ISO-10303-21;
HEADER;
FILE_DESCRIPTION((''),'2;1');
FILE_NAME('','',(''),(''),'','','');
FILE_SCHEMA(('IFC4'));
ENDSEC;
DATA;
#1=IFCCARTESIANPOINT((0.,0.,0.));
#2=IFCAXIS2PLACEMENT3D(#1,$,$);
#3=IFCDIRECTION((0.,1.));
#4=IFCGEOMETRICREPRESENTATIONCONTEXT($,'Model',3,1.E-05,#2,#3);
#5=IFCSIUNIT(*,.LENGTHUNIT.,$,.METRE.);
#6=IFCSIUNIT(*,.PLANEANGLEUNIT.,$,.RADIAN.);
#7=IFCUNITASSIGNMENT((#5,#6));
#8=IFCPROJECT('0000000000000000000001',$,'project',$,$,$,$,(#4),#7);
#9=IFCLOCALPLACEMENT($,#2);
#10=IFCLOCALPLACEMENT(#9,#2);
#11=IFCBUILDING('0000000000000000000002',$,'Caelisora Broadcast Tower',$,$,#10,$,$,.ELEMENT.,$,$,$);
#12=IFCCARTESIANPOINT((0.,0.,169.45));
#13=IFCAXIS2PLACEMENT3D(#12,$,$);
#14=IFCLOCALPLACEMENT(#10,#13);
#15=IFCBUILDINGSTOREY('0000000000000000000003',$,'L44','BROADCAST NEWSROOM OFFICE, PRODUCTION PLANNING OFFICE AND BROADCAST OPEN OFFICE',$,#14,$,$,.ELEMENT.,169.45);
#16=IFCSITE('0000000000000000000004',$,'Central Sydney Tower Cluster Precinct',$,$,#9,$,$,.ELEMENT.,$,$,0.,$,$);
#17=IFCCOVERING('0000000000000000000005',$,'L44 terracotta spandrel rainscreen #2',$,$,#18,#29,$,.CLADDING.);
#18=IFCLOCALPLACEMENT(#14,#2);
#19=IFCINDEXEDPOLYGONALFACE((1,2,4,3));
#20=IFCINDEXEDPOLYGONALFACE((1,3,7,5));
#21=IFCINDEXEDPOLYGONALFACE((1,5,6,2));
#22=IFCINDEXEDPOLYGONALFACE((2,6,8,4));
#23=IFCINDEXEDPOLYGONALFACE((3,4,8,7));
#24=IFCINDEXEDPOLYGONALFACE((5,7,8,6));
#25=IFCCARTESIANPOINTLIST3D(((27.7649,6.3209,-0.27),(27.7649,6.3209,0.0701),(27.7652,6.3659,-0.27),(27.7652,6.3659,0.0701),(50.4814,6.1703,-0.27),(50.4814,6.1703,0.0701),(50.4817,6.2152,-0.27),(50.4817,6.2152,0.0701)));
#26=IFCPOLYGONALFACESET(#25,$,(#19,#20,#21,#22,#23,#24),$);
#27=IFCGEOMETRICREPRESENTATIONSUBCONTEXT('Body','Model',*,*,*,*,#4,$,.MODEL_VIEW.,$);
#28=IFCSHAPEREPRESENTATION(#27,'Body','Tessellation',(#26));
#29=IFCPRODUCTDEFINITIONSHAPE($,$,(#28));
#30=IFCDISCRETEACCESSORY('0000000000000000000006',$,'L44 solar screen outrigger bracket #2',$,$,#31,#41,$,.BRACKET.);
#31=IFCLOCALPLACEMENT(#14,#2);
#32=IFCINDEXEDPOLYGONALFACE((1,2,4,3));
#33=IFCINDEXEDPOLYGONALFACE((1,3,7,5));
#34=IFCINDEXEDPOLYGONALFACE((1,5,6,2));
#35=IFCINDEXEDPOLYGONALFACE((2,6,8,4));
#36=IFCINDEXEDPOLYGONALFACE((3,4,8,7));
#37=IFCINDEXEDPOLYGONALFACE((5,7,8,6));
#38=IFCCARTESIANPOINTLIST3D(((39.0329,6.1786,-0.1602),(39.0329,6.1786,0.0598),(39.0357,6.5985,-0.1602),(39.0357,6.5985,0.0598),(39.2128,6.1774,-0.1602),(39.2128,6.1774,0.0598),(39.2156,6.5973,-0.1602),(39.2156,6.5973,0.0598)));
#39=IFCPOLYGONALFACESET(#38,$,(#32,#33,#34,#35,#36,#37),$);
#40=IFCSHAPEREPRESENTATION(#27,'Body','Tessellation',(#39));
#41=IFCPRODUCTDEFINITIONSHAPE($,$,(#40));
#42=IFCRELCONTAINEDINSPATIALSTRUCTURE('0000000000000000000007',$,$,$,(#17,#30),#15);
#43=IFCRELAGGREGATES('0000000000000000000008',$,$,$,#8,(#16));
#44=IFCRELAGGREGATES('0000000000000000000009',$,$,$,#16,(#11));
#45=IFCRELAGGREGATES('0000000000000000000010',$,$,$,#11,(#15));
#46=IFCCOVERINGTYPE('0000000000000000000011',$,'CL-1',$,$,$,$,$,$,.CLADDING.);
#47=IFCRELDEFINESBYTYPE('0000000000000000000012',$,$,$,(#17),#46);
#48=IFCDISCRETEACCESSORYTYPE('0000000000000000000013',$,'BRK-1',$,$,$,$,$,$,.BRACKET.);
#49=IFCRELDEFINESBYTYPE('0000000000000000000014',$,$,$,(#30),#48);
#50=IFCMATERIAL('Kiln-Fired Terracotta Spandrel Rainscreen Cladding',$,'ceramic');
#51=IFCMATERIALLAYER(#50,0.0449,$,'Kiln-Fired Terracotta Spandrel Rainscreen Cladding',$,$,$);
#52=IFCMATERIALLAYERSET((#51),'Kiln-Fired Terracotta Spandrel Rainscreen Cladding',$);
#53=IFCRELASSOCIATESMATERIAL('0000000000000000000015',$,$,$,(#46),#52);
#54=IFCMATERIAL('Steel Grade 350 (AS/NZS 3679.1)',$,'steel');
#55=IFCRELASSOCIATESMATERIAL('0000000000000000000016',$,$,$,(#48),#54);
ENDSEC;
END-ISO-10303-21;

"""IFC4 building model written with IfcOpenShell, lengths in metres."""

from ifc_helpers import new_model, si_unit, direction, frame, origin, origin_2d, place, context, subcontext, project, spatial, rectangle, extrude, source, transform, mapped, material, layer, layer_set, type_object, type_shapes, element, save


model = new_model("IFC4")

# Units and contexts
model_context = context("Model", 3, precision=1e-05, world=origin(), true_north=direction((0.0, 1.0)))
body_context = subcontext(model_context, "Body", "Model", "MODEL_VIEW")
ifc_project = project(units=[si_unit("LENGTHUNIT", "METRE"), si_unit("PLANEANGLEUNIT", "RADIAN")], contexts=[model_context])

# Site, building, storey
site_placement = place(None, origin())
site = spatial("IfcSite", under=ifc_project, at=site_placement, Name="Central Sydney Tower Cluster Precinct", CompositionType="ELEMENT", RefElevation=0.0)
building_placement = place(site_placement, origin())
building = spatial("IfcBuilding", under=site, at=building_placement, Name="Caelisora Broadcast Tower", CompositionType="ELEMENT")
storey_placement = place(building_placement, frame((0.0, 0.0, 169.45)))
storey = spatial("IfcBuildingStorey", under=building, at=storey_placement, Name="L44", Description="BROADCAST NEWSROOM OFFICE, PRODUCTION PLANNING OFFICE AND BROADCAST OPEN OFFICE", CompositionType="ELEMENT", Elevation=169.45)

# Shared definitions
ifc_material_1 = material(Name="Steel Grade 350 (AS/NZS 3679.1)", Category="steel")

# Shared definitions
ifc_material_2 = material(Name="Kiln-Fired Terracotta Spandrel Rainscreen Cladding", Category="ceramic")
ifc_layer_1 = layer(ifc_material_2, 0.0449, Name="Kiln-Fired Terracotta Spandrel Rainscreen Cladding")
ifc_layer_set_1 = layer_set([ifc_layer_1], Name="Kiln-Fired Terracotta Spandrel Rainscreen Cladding")
covering_type = type_object("IfcCoveringType", Name="CL-1", PredefinedType="CLADDING", material=ifc_layer_set_1)

# Covering
shared_shape_1 = source(origin(), body_context, "Body", "SweptSolid", [
    extrude(rectangle(XDim=22.717, YDim=0.0449, at=origin_2d()), origin(), (0.0, 0.0, 1.0), 0.3401),
])
covering_1_placement = place(storey_placement, frame((39.1233, 6.2681, -0.27), z_axis=(0.0, 0.0, 1.0), x_axis=(0.999978, -0.006632, 0.0)))
element("IfcCovering", 1, at=covering_1_placement, inside=storey, type_object=covering_type, Name="L44 terracotta spandrel rainscreen #2", PredefinedType="CLADDING", context=body_context, shape_type="MappedRepresentation", body=[
    mapped(shared_shape_1, transform((0.0, 0.0, 0.0), scale=1.0)),
])

# Discrete accessory
discrete_accessory_type = type_object("IfcDiscreteAccessoryType", Name="BRK-1", PredefinedType="BRACKET", material=ifc_material_1)
shared_shape_2 = source(origin(), body_context, "Body", "SweptSolid", [
    extrude(rectangle(XDim=0.1799, YDim=0.4199, at=origin_2d()), origin(), (0.0, 0.0, 1.0), 0.22),
])
type_shapes(discrete_accessory_type, [shared_shape_2])
discrete_accessory_placement = place(storey_placement, frame((39.1243, 6.3879, -0.1602), z_axis=(0.0, 0.0, 1.0), x_axis=(0.999978, -0.006632, 0.0)))
element("IfcDiscreteAccessory", 2, at=discrete_accessory_placement, inside=storey, type_object=discrete_accessory_type, Name="L44 solar screen outrigger bracket #2", PredefinedType="BRACKET", context=body_context, shape_type="MappedRepresentation", body=[
    mapped(shared_shape_2, transform((0.0, 0.0, 0.0), scale=1.0)),
])

save(model, "model.ifc")
